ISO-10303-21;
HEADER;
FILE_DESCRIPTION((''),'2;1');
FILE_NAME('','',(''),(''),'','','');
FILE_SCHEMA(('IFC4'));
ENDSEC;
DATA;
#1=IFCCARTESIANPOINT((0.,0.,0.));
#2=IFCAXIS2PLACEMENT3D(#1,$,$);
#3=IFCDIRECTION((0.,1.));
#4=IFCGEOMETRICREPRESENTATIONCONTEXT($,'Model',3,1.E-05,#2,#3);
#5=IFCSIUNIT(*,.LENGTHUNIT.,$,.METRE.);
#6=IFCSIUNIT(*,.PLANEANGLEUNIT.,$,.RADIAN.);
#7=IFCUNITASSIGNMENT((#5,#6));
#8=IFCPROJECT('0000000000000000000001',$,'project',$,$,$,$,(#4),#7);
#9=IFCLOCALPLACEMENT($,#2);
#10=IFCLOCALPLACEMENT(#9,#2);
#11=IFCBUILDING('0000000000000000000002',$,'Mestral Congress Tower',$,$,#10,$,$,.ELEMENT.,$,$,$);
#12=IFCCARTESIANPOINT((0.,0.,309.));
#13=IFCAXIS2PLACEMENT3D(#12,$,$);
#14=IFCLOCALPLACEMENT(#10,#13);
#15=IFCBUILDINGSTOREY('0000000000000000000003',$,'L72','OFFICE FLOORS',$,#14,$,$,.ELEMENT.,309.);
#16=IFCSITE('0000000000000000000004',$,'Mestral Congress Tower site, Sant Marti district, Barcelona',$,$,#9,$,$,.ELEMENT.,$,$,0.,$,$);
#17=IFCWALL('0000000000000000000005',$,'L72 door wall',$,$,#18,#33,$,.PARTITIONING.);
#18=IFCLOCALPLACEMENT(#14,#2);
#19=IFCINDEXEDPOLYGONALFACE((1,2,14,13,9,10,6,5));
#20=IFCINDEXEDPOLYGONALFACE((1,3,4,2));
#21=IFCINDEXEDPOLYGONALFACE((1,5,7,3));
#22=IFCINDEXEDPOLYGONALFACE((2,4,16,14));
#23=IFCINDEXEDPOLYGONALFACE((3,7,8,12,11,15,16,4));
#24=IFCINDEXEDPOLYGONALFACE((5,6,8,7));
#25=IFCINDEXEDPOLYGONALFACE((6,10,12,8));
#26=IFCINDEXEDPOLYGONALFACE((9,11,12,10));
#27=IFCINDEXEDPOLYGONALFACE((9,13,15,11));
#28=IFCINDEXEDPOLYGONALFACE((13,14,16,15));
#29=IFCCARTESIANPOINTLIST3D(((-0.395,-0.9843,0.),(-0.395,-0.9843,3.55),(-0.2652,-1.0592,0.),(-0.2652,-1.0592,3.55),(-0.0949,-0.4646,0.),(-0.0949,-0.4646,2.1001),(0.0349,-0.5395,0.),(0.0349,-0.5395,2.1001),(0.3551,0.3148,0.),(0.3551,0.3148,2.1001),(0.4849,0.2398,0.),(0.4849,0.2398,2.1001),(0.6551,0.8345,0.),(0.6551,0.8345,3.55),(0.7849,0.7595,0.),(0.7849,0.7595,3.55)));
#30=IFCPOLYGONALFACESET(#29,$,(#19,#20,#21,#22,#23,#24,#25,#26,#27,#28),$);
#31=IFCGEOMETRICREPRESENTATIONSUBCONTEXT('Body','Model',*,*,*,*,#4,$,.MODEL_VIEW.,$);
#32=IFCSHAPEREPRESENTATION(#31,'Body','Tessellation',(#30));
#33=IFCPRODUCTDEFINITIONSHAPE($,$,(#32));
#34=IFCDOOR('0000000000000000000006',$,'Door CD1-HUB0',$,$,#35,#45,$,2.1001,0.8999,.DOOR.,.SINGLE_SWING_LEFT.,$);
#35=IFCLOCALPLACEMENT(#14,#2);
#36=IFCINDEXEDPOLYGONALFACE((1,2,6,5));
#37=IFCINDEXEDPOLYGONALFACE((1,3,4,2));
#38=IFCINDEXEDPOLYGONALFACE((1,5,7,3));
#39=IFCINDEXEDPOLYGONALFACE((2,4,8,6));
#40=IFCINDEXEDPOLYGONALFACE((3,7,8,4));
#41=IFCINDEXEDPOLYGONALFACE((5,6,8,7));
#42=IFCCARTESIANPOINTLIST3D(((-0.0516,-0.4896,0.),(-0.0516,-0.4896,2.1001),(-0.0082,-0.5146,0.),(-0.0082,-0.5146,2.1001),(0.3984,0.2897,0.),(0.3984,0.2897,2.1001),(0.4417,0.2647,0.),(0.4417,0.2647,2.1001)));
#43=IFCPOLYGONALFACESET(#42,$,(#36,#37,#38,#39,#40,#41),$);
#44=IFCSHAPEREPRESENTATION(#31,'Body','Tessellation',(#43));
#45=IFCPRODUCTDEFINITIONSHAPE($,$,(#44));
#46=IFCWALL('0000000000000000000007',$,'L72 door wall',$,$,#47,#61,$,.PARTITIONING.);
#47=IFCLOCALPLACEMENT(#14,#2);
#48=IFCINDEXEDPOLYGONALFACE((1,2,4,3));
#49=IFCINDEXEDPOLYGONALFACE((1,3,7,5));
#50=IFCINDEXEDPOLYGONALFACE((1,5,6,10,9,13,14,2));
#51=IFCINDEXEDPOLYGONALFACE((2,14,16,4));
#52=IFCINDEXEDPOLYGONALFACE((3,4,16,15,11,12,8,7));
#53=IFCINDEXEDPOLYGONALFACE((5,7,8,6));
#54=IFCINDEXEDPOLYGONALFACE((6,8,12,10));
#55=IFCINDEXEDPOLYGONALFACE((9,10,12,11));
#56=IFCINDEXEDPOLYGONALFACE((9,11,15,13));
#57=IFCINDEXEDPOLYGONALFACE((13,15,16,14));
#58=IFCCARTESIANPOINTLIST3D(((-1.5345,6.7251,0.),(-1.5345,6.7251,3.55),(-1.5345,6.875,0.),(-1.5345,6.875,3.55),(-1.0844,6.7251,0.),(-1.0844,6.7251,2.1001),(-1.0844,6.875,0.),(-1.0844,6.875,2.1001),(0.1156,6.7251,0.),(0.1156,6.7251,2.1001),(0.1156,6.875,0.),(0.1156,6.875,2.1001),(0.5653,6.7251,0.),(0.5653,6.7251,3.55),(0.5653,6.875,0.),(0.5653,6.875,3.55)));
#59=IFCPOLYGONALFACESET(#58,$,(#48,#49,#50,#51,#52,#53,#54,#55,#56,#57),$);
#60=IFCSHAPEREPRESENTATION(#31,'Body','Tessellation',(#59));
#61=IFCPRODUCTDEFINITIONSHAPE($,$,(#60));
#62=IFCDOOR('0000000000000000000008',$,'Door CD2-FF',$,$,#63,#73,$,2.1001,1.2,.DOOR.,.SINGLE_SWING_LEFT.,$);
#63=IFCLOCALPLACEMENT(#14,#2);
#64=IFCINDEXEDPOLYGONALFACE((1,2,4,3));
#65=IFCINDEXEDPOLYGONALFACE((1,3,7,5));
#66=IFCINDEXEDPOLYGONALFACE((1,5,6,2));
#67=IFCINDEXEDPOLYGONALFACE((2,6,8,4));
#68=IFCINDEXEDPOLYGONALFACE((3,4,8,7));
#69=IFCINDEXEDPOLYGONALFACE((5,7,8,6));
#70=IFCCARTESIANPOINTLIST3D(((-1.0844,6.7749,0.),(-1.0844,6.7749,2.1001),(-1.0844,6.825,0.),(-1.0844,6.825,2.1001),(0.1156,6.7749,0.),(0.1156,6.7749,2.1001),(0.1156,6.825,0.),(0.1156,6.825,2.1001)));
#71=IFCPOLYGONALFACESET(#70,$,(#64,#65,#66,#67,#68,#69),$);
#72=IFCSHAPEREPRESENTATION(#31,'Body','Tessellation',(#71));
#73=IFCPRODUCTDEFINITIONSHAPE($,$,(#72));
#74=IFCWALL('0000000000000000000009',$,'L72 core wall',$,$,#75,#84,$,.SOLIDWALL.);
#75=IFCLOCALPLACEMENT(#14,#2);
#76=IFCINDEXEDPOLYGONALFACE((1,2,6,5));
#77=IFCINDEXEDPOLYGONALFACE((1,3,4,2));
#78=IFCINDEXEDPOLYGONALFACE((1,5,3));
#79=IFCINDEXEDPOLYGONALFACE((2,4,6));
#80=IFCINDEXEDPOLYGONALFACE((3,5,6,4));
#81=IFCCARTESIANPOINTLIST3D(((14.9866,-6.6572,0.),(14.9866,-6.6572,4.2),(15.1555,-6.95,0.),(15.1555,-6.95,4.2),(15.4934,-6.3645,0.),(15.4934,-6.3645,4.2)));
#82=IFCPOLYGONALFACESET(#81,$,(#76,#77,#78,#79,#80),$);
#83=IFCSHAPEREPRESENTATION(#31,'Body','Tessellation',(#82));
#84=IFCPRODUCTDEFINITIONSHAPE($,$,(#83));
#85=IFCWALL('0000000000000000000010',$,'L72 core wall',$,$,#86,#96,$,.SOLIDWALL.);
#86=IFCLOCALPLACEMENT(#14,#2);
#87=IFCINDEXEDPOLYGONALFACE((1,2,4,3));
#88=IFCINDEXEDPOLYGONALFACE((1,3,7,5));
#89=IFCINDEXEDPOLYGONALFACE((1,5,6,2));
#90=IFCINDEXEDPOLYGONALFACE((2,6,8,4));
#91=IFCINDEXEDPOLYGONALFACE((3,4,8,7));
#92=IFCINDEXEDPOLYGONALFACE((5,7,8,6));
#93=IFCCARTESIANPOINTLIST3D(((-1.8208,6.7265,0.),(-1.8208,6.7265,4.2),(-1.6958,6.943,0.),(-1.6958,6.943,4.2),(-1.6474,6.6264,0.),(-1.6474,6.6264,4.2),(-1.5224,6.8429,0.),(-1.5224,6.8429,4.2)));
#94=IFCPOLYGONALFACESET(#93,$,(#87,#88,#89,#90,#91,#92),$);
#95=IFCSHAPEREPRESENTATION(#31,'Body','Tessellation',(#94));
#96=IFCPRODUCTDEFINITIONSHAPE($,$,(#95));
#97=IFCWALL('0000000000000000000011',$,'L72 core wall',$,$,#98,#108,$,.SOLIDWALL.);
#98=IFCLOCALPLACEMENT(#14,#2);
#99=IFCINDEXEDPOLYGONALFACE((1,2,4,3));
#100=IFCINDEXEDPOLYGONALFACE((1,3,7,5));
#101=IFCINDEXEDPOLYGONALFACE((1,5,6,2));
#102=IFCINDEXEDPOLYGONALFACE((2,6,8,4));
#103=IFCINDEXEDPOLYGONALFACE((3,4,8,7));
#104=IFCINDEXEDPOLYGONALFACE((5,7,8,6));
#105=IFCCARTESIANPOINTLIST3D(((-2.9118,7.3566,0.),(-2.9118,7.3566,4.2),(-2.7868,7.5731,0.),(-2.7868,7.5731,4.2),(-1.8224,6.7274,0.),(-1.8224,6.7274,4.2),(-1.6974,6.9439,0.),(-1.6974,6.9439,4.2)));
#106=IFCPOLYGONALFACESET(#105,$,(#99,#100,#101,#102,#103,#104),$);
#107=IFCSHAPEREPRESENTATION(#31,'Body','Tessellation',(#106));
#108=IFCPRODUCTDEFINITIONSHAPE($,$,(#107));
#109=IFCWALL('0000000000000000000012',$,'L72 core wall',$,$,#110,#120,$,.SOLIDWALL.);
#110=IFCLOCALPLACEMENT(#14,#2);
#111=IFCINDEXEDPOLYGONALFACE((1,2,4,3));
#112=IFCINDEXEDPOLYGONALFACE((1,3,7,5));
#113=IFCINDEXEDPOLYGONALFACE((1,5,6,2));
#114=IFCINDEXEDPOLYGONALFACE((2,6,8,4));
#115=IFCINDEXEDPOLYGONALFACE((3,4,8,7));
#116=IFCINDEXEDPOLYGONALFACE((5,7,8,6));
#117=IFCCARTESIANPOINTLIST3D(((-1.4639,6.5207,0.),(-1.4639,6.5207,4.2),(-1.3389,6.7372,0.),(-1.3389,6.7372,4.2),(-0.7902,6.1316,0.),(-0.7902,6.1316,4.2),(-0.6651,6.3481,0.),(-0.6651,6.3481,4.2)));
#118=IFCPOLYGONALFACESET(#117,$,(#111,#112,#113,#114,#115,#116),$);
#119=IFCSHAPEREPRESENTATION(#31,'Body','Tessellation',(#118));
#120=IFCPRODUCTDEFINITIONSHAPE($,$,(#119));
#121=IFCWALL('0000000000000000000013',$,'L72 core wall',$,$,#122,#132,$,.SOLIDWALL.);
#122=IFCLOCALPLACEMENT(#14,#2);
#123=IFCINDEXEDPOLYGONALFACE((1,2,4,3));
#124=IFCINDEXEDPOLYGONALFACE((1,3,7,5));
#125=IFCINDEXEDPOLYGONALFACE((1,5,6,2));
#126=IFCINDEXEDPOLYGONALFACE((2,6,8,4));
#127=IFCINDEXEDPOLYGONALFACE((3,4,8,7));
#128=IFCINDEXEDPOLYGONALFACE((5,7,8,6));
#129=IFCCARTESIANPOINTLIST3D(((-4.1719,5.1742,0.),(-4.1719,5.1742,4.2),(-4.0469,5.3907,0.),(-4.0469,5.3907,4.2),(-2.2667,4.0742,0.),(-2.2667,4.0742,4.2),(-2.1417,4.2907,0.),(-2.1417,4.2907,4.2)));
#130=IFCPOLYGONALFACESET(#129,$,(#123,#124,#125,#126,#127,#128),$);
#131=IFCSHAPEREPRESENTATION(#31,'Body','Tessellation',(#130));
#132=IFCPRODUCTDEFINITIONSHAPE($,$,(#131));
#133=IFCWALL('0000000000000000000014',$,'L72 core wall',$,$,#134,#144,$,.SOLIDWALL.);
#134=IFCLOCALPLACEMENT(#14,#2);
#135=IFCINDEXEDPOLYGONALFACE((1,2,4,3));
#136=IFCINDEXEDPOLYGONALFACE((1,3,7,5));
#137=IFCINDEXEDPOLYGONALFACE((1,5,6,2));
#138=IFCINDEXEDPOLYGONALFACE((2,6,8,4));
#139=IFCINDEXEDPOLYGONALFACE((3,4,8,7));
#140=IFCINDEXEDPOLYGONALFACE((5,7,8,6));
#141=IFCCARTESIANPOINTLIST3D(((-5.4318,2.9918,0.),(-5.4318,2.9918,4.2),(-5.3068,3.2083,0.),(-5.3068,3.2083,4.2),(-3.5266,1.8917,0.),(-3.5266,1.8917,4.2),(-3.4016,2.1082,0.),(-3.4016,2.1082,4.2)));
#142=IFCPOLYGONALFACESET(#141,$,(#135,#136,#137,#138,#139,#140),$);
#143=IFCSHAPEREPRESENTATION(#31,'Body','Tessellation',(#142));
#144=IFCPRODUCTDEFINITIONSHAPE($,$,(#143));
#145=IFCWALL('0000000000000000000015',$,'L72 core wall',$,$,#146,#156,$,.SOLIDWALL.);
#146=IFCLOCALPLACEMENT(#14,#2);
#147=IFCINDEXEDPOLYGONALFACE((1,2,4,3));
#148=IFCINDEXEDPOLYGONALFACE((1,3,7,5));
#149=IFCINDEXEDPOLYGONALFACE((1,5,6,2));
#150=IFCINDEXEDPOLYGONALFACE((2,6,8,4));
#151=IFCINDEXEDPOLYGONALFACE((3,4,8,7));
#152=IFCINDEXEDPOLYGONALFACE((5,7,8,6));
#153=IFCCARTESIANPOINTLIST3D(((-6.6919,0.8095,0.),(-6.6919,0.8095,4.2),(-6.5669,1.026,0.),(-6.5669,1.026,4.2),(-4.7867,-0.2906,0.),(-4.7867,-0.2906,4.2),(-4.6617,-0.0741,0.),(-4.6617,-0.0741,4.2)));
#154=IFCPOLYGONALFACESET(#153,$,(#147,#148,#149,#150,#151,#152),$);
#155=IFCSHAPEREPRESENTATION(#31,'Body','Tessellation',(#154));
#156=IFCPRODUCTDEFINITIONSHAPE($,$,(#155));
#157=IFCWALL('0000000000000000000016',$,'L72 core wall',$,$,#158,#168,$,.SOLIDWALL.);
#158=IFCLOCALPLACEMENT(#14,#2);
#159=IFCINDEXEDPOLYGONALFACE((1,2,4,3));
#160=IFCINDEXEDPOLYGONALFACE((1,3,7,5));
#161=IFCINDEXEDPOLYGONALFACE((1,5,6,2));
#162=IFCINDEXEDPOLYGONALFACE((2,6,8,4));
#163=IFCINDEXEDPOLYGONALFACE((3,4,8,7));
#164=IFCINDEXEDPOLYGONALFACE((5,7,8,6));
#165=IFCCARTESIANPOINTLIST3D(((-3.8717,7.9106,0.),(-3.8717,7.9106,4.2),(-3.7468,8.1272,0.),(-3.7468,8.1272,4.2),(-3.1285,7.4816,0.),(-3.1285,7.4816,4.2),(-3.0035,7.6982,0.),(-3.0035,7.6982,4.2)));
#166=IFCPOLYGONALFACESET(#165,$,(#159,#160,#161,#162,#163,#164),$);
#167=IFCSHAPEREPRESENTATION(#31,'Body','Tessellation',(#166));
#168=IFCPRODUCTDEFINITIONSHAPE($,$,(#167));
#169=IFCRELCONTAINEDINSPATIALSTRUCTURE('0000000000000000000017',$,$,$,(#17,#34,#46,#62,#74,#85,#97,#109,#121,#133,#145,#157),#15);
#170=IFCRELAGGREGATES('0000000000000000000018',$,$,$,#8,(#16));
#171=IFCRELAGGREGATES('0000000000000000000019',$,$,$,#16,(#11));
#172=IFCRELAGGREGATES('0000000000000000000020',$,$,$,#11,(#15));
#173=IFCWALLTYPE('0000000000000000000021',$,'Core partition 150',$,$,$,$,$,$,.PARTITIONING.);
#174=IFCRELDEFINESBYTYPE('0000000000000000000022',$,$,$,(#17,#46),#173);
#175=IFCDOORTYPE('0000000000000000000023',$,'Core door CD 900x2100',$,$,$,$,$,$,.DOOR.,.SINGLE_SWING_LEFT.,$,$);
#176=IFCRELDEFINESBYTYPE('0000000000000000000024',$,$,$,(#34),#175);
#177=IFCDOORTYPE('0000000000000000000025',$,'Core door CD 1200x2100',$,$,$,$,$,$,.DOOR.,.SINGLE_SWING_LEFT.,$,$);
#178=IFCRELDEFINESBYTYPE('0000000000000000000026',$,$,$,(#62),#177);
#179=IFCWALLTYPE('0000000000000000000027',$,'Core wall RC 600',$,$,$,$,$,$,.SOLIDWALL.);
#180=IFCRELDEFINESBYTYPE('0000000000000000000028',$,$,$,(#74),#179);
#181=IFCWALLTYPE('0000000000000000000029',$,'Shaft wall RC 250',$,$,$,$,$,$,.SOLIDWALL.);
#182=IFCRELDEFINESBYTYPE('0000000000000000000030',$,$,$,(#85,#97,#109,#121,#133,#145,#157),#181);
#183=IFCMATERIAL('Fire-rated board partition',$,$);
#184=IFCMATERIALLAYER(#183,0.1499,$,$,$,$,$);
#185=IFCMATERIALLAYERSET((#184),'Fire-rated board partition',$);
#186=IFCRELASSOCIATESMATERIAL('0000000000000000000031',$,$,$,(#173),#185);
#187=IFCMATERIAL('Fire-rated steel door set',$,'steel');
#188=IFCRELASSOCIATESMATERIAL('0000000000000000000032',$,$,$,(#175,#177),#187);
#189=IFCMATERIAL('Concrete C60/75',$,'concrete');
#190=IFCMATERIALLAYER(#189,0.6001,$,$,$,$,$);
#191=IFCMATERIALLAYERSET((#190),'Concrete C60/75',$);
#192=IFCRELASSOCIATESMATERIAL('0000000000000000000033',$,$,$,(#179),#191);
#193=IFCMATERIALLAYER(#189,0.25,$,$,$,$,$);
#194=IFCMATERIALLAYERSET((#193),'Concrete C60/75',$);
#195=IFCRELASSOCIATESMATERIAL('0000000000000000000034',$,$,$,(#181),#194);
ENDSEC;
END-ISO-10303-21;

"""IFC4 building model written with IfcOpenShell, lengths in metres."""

from ifc_helpers import new_model, si_unit, direction, frame, frame_2d, origin, place, context, subcontext, project, spatial, polyline, rectangle, outline, extrude, material, layer, layer_set, type_object, element, fill, save


model = new_model("IFC4")

# Units and contexts
model_context = context("Model", 3, precision=1e-05, world=origin(), true_north=direction((0.0, 1.0)))
body_context = subcontext(model_context, "Body", "Model", "MODEL_VIEW")
ifc_project = project(units=[si_unit("LENGTHUNIT", "METRE"), si_unit("PLANEANGLEUNIT", "RADIAN")], contexts=[model_context])

# Site, building, storey
site_placement = place(None, origin())
site = spatial("IfcSite", under=ifc_project, at=site_placement, Name="Mestral Congress Tower site, Sant Marti district, Barcelona", CompositionType="ELEMENT", RefElevation=0.0)
building_placement = place(site_placement, origin())
building = spatial("IfcBuilding", under=site, at=building_placement, Name="Mestral Congress Tower", CompositionType="ELEMENT")
storey_placement = place(building_placement, frame((0.0, 0.0, 309.0)))
storey = spatial("IfcBuildingStorey", under=building, at=storey_placement, Name="L72", Description="OFFICE FLOORS", CompositionType="ELEMENT", Elevation=309.0)

# Shared definitions
ifc_material_1 = material(Name="Concrete C60/75", Category="concrete")

# Shared definitions
placement_1 = place(storey_placement, origin())

# Shared definitions
ifc_material_2 = material(Name="Fire-rated board partition")
ifc_layer_1 = layer(ifc_material_2, 0.1499)
ifc_layer_set_1 = layer_set([ifc_layer_1], Name="Fire-rated board partition")
wall_type_1 = type_object("IfcWallType", Name="Core partition 150", PredefinedType="PARTITIONING", material=ifc_layer_set_1)

# Walls, openings, doors
wall_1_placement = place(storey_placement, frame((-0.3301, -1.0217, 0.0), z_axis=(0.0, 0.0, 1.0), x_axis=(0.500028, 0.866009, 0.0)))
wall_1 = element("IfcWall", 1, at=wall_1_placement, inside=storey, type_object=wall_type_1, Name="L72 door wall", PredefinedType="PARTITIONING", context=body_context, shape_type="SweptSolid", body=[
    extrude(rectangle(XDim=2.1001, YDim=0.1499, at=frame_2d((1.05, 0.0))), origin(), (0.0, 0.0, 1.0), 3.55),
])
opening_1_placement = place(wall_1_placement, frame((0.6001, 0.0, 0.0)))
opening_1 = element("IfcOpeningElement", 2, at=opening_1_placement, cuts=wall_1, PredefinedType="OPENING", context=body_context, shape_type="SweptSolid", body=[
    extrude(rectangle(XDim=0.8999, YDim=2.1001, at=frame_2d((0.45, 1.05))), frame((0.0, 0.085, 0.0), z_axis=(0.0, -1.0, 0.0), x_axis=(1.0, 0.0, 0.0)), (0.0, 0.0, 1.0), 0.1699),
])
ifc_material_3 = material(Name="Fire-rated steel door set", Category="steel")
door_type_1 = type_object("IfcDoorType", Name="Core door CD 900x2100", OperationType="SINGLE_SWING_LEFT", PredefinedType="DOOR", material=ifc_material_3)
door_1_placement = place(opening_1_placement, origin())
door_1 = element("IfcDoor", 3, at=door_1_placement, inside=storey, type_object=door_type_1, Name="Door CD1-HUB0", OperationType="SINGLE_SWING_LEFT", OverallHeight=2.1001, OverallWidth=0.8999, PredefinedType="DOOR", context=body_context, shape_type="SweptSolid", body=[
    extrude(rectangle(XDim=0.8999, YDim=2.1001, at=frame_2d((0.45, 1.05))), frame((0.0, 0.0249, 0.0), z_axis=(0.0, -1.0, 0.0), x_axis=(1.0, 0.0, 0.0)), (0.0, 0.0, 1.0), 0.05),
])
fill(opening_1, door_1)
wall_2_placement = place(storey_placement, frame((-1.5344, 6.8, 0.0), z_axis=(0.0, 0.0, 1.0), x_axis=(1.0, 0.0, 0.0)))
wall_2 = element("IfcWall", 4, at=wall_2_placement, inside=storey, type_object=wall_type_1, Name="L72 door wall", PredefinedType="PARTITIONING", context=body_context, shape_type="SweptSolid", body=[
    extrude(rectangle(XDim=2.0999, YDim=0.1499, at=frame_2d((1.0498, 0.0))), origin(), (0.0, 0.0, 1.0), 3.55),
])
opening_2_placement = place(wall_2_placement, frame((0.45, 0.0, 0.0)))
opening_2 = element("IfcOpeningElement", 5, at=opening_2_placement, cuts=wall_2, PredefinedType="OPENING", context=body_context, shape_type="SweptSolid", body=[
    extrude(rectangle(XDim=1.2, YDim=2.1001, at=frame_2d((0.6001, 1.05))), frame((0.0, 0.085, 0.0), z_axis=(0.0, -1.0, 0.0), x_axis=(1.0, 0.0, 0.0)), (0.0, 0.0, 1.0), 0.1699),
])
door_type_2 = type_object("IfcDoorType", Name="Core door CD 1200x2100", OperationType="SINGLE_SWING_LEFT", PredefinedType="DOOR", material=ifc_material_3)
door_2_placement = place(opening_2_placement, origin())
door_2 = element("IfcDoor", 6, at=door_2_placement, inside=storey, type_object=door_type_2, Name="Door CD2-FF", OperationType="SINGLE_SWING_LEFT", OverallHeight=2.1001, OverallWidth=1.2, PredefinedType="DOOR", context=body_context, shape_type="SweptSolid", body=[
    extrude(rectangle(XDim=1.2, YDim=2.1001, at=frame_2d((0.6001, 1.05))), frame((0.0, 0.0249, 0.0), z_axis=(0.0, -1.0, 0.0), x_axis=(1.0, 0.0, 0.0)), (0.0, 0.0, 1.0), 0.05),
])
fill(opening_2, door_2)

# Walls
ifc_layer_2 = layer(ifc_material_1, 0.6001)
ifc_layer_set_2 = layer_set([ifc_layer_2], Name="Concrete C60/75")
wall_type_2 = type_object("IfcWallType", Name="Core wall RC 600", PredefinedType="SOLIDWALL", material=ifc_layer_set_2)
element("IfcWall", 7, at=placement_1, inside=storey, type_object=wall_type_2, Name="L72 core wall", PredefinedType="SOLIDWALL", context=body_context, shape_type="SweptSolid", body=[
    extrude(outline(polyline([(15.1555, -6.95), (14.9866, -6.6572), (15.4934, -6.3645), (15.1555, -6.95)])), origin(), (0.0, 0.0, 1.0), 4.2),
])
ifc_layer_3 = layer(ifc_material_1, 0.25)
ifc_layer_set_3 = layer_set([ifc_layer_3], Name="Concrete C60/75")
wall_type_3 = type_object("IfcWallType", Name="Shaft wall RC 250", PredefinedType="SOLIDWALL", material=ifc_layer_set_3)
wall_3_placement = place(storey_placement, frame((-1.7583, 6.8347, 0.0), z_axis=(0.0, 0.0, 1.0), x_axis=(0.865982, -0.500074, 0.0)))
element("IfcWall", 8, at=wall_3_placement, inside=storey, type_object=wall_type_3, Name="L72 core wall", PredefinedType="SOLIDWALL", context=body_context, shape_type="SweptSolid", body=[
    extrude(rectangle(XDim=0.2002, YDim=0.25, at=frame_2d((0.1001, 0.0))), origin(), (0.0, 0.0, 1.0), 4.2),
])
wall_4_placement = place(storey_placement, frame((-1.76, 6.8357, 0.0), z_axis=(0.0, 0.0, 1.0), x_axis=(-0.865953, 0.500126, 0.0)))
element("IfcWall", 9, at=wall_4_placement, inside=storey, type_object=wall_type_3, Name="L72 core wall", PredefinedType="SOLIDWALL", context=body_context, shape_type="SweptSolid", body=[
    extrude(rectangle(XDim=1.2581, YDim=0.25, at=frame_2d((0.6289, 0.0))), origin(), (0.0, 0.0, 1.0), 4.2),
])
wall_5_placement = place(storey_placement, frame((-0.7275, 6.2397, 0.0), z_axis=(0.0, 0.0, 1.0), x_axis=(-0.865956, 0.500121, 0.0)))
element("IfcWall", 10, at=wall_5_placement, inside=storey, type_object=wall_type_3, Name="L72 core wall", PredefinedType="SOLIDWALL", context=body_context, shape_type="SweptSolid", body=[
    extrude(rectangle(XDim=0.7781, YDim=0.25, at=frame_2d((0.3892, 0.0))), origin(), (0.0, 0.0, 1.0), 4.2),
])
for number, where, z_axis, x_axis, name in (
    (11, (-2.2041, 4.1824, 0.0), (0.0, 0.0, 1.0), (-0.866008, 0.50003, 0.0), "L72 core wall"),
    (12, (-5.3694, 3.1001, 0.0), (0.0, 0.0, 1.0), (0.866008, -0.50003, 0.0), "L72 core wall"),
    (13, (-4.7241, -0.1824, 0.0), (0.0, 0.0, 1.0), (-0.866008, 0.50003, 0.0), "L72 core wall"),
):
    element("IfcWall", number, at=place(storey_placement, frame(where, z_axis=z_axis, x_axis=x_axis)), inside=storey, type_object=wall_type_3, Name=name, PredefinedType="SOLIDWALL", context=body_context, shape_type="SweptSolid", body=[
        extrude(rectangle(XDim=2.2, YDim=0.25, at=frame_2d((1.1001, 0.0))), origin(), (0.0, 0.0, 1.0), 4.2),
    ])
wall_6_placement = place(storey_placement, frame((-3.0659, 7.5898, 0.0), z_axis=(0.0, 0.0, 1.0), x_axis=(-0.866081, 0.499903, 0.0)))
element("IfcWall", 14, at=wall_6_placement, inside=storey, type_object=wall_type_3, Name="L72 core wall", PredefinedType="SOLIDWALL", context=body_context, shape_type="SweptSolid", body=[
    extrude(rectangle(XDim=0.8582, YDim=0.25, at=frame_2d((0.4292, 0.0))), origin(), (0.0, 0.0, 1.0), 4.2),
])

save(model, "model.ifc")
